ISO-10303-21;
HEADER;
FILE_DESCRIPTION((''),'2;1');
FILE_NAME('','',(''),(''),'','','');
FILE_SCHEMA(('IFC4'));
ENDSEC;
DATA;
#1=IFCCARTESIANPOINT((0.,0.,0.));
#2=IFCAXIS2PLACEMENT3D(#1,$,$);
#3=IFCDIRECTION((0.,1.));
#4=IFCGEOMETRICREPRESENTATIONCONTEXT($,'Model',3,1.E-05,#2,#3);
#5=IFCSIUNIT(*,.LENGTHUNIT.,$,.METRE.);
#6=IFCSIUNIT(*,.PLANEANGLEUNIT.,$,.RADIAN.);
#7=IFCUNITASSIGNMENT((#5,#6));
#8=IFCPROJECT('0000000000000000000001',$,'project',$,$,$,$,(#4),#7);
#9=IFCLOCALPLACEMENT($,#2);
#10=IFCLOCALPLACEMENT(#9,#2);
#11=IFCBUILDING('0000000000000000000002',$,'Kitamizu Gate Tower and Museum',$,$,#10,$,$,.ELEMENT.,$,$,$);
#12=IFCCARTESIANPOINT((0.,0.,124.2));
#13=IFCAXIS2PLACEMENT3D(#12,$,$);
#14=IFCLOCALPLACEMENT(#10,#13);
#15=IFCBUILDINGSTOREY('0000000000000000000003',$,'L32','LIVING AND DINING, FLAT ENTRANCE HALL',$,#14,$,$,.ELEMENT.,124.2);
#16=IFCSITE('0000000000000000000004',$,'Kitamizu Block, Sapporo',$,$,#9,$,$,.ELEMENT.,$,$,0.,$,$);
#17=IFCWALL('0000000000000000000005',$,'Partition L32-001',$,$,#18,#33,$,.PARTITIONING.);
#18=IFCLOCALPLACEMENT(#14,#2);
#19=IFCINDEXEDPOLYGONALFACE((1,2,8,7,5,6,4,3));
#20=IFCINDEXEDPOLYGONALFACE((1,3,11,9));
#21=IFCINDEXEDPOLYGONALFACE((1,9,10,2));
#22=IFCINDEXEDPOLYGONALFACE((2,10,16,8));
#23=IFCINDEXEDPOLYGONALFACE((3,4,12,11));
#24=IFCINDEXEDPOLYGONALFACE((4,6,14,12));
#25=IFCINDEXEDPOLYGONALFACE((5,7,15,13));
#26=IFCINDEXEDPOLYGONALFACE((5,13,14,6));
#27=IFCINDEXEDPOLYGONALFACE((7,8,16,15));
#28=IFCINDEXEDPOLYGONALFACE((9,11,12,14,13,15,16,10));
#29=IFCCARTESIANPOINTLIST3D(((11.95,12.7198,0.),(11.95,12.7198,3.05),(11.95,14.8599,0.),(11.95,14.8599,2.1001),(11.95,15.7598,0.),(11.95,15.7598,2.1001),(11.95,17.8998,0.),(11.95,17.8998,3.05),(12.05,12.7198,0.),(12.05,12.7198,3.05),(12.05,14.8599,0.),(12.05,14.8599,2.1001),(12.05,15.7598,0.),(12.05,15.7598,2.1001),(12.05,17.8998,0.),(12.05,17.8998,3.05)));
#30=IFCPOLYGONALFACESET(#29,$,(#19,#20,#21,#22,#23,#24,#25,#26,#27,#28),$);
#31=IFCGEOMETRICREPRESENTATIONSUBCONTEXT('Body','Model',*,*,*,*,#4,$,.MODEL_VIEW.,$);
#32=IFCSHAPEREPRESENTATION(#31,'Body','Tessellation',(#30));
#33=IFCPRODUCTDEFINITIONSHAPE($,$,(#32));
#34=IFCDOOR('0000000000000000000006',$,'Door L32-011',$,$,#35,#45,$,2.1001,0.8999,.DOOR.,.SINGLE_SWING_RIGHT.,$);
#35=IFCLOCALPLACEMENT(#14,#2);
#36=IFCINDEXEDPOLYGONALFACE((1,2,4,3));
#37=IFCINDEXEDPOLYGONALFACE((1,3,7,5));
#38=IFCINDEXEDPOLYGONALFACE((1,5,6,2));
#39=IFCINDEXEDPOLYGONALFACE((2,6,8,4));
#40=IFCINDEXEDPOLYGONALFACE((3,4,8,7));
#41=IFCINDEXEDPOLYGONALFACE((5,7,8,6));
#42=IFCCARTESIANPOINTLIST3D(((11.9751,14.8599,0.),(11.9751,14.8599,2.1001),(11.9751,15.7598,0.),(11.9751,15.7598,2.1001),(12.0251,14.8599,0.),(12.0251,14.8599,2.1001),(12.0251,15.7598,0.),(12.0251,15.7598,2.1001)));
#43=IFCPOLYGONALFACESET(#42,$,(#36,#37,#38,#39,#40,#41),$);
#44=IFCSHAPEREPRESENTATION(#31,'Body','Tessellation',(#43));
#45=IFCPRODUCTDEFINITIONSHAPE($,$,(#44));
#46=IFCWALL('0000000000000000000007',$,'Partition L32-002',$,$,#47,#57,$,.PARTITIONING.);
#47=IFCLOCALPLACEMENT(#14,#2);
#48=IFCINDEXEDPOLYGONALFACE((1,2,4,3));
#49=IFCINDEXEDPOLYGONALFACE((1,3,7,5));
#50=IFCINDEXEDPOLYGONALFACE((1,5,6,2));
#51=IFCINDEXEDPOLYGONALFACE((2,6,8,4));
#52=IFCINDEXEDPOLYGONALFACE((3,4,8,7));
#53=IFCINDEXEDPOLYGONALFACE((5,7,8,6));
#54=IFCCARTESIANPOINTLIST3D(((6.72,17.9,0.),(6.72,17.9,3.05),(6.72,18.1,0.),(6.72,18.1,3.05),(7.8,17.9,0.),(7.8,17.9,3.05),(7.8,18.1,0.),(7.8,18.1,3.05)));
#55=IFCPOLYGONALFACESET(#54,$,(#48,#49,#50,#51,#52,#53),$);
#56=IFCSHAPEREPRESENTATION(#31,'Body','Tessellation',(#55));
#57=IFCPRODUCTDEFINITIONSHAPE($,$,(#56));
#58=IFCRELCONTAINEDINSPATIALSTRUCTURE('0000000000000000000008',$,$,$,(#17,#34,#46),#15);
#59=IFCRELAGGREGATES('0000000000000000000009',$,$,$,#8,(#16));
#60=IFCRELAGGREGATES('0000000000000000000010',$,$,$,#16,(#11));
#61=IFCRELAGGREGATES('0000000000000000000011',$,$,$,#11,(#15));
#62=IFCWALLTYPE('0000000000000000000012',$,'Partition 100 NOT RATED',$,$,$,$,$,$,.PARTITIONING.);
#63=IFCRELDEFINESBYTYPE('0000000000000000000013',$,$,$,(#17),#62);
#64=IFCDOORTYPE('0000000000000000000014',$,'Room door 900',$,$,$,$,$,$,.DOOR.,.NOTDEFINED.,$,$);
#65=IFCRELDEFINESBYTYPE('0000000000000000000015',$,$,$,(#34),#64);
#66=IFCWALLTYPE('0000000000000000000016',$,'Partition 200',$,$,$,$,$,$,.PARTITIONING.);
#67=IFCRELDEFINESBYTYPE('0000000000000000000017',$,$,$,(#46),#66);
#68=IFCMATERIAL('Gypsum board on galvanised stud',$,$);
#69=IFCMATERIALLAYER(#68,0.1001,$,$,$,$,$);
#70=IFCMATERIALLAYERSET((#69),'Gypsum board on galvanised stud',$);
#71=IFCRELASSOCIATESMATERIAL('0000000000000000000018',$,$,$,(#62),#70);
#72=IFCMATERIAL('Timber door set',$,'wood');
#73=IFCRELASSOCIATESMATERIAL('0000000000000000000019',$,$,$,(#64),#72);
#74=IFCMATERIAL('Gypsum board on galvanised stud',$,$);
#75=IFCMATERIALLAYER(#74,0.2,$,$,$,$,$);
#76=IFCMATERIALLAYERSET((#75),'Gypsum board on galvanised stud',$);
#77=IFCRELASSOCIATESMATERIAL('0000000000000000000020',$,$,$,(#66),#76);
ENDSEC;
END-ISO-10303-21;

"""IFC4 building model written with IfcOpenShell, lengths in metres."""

from ifc_helpers import new_model, si_unit, direction, frame, frame_2d, origin, place, context, subcontext, project, spatial, rectangle, extrude, material, layer, layer_set, type_object, element, fill, save


model = new_model("IFC4")

# Units and contexts
model_context = context("Model", 3, precision=1e-05, world=origin(), true_north=direction((0.0, 1.0)))
body_context = subcontext(model_context, "Body", "Model", "MODEL_VIEW")
ifc_project = project(units=[si_unit("LENGTHUNIT", "METRE"), si_unit("PLANEANGLEUNIT", "RADIAN")], contexts=[model_context])

# Site, building, storey
site_placement = place(None, origin())
site = spatial("IfcSite", under=ifc_project, at=site_placement, Name="Kitamizu Block, Sapporo", CompositionType="ELEMENT", RefElevation=0.0)
building_placement = place(site_placement, origin())
building = spatial("IfcBuilding", under=site, at=building_placement, Name="Kitamizu Gate Tower and Museum", CompositionType="ELEMENT")
storey_placement = place(building_placement, frame((0.0, 0.0, 124.2)))
storey = spatial("IfcBuildingStorey", under=building, at=storey_placement, Name="L32", Description="LIVING AND DINING, FLAT ENTRANCE HALL", CompositionType="ELEMENT", Elevation=124.2)

# Wall, opening, door
ifc_material_1 = material(Name="Gypsum board on galvanised stud")
ifc_layer_1 = layer(ifc_material_1, 0.1001)
ifc_layer_set_1 = layer_set([ifc_layer_1], Name="Gypsum board on galvanised stud")
wall_type_1 = type_object("IfcWallType", Name="Partition 100 NOT RATED", PredefinedType="PARTITIONING", material=ifc_layer_set_1)
wall_1_placement = place(storey_placement, frame((12.0, 12.72, 0.0), z_axis=(0.0, 0.0, 1.0), x_axis=(0.0, 1.0, 0.0)))
wall_1 = element("IfcWall", 1, at=wall_1_placement, inside=storey, type_object=wall_type_1, Name="Partition L32-001", PredefinedType="PARTITIONING", context=body_context, shape_type="SweptSolid", body=[
    extrude(rectangle(XDim=5.1799, YDim=0.1001, at=frame_2d((2.5898, 0.0))), origin(), (0.0, 0.0, 1.0), 3.05),
])
opening_placement = place(wall_1_placement, frame((2.1399, 0.0, 0.0)))
opening = element("IfcOpeningElement", 2, at=opening_placement, cuts=wall_1, PredefinedType="OPENING", context=body_context, shape_type="SweptSolid", body=[
    extrude(rectangle(XDim=0.8999, YDim=2.1001, at=frame_2d((0.45, 1.05))), frame((0.0, 0.0601, 0.0), z_axis=(0.0, -1.0, 0.0), x_axis=(1.0, 0.0, 0.0)), (0.0, 0.0, 1.0), 0.1201),
])
ifc_material_2 = material(Name="Timber door set", Category="wood")
door_type = type_object("IfcDoorType", Name="Room door 900", OperationType="NOTDEFINED", PredefinedType="DOOR", material=ifc_material_2)
door_placement = place(opening_placement, origin())
door = element("IfcDoor", 3, at=door_placement, inside=storey, type_object=door_type, Name="Door L32-011", OperationType="SINGLE_SWING_RIGHT", OverallHeight=2.1001, OverallWidth=0.8999, PredefinedType="DOOR", context=body_context, shape_type="SweptSolid", body=[
    extrude(rectangle(XDim=0.8999, YDim=2.1001, at=frame_2d((0.45, 1.05))), frame((0.0, 0.0249, 0.0), z_axis=(0.0, -1.0, 0.0), x_axis=(1.0, 0.0, 0.0)), (0.0, 0.0, 1.0), 0.05),
])
fill(opening, door)

# Wall
ifc_material_3 = material(Name="Gypsum board on galvanised stud")
ifc_layer_2 = layer(ifc_material_3, 0.2)
ifc_layer_set_2 = layer_set([ifc_layer_2], Name="Gypsum board on galvanised stud")
wall_type_2 = type_object("IfcWallType", Name="Partition 200", PredefinedType="PARTITIONING", material=ifc_layer_set_2)
wall_2_placement = place(storey_placement, frame((7.8, 18.0, 0.0), z_axis=(0.0, 0.0, 1.0), x_axis=(-1.0, 0.0, 0.0)))
element("IfcWall", 4, at=wall_2_placement, inside=storey, type_object=wall_type_2, Name="Partition L32-002", PredefinedType="PARTITIONING", context=body_context, shape_type="SweptSolid", body=[
    extrude(rectangle(XDim=1.0801, YDim=0.2, at=frame_2d((0.54, 0.0))), origin(), (0.0, 0.0, 1.0), 3.05),
])

save(model, "model.ifc")
